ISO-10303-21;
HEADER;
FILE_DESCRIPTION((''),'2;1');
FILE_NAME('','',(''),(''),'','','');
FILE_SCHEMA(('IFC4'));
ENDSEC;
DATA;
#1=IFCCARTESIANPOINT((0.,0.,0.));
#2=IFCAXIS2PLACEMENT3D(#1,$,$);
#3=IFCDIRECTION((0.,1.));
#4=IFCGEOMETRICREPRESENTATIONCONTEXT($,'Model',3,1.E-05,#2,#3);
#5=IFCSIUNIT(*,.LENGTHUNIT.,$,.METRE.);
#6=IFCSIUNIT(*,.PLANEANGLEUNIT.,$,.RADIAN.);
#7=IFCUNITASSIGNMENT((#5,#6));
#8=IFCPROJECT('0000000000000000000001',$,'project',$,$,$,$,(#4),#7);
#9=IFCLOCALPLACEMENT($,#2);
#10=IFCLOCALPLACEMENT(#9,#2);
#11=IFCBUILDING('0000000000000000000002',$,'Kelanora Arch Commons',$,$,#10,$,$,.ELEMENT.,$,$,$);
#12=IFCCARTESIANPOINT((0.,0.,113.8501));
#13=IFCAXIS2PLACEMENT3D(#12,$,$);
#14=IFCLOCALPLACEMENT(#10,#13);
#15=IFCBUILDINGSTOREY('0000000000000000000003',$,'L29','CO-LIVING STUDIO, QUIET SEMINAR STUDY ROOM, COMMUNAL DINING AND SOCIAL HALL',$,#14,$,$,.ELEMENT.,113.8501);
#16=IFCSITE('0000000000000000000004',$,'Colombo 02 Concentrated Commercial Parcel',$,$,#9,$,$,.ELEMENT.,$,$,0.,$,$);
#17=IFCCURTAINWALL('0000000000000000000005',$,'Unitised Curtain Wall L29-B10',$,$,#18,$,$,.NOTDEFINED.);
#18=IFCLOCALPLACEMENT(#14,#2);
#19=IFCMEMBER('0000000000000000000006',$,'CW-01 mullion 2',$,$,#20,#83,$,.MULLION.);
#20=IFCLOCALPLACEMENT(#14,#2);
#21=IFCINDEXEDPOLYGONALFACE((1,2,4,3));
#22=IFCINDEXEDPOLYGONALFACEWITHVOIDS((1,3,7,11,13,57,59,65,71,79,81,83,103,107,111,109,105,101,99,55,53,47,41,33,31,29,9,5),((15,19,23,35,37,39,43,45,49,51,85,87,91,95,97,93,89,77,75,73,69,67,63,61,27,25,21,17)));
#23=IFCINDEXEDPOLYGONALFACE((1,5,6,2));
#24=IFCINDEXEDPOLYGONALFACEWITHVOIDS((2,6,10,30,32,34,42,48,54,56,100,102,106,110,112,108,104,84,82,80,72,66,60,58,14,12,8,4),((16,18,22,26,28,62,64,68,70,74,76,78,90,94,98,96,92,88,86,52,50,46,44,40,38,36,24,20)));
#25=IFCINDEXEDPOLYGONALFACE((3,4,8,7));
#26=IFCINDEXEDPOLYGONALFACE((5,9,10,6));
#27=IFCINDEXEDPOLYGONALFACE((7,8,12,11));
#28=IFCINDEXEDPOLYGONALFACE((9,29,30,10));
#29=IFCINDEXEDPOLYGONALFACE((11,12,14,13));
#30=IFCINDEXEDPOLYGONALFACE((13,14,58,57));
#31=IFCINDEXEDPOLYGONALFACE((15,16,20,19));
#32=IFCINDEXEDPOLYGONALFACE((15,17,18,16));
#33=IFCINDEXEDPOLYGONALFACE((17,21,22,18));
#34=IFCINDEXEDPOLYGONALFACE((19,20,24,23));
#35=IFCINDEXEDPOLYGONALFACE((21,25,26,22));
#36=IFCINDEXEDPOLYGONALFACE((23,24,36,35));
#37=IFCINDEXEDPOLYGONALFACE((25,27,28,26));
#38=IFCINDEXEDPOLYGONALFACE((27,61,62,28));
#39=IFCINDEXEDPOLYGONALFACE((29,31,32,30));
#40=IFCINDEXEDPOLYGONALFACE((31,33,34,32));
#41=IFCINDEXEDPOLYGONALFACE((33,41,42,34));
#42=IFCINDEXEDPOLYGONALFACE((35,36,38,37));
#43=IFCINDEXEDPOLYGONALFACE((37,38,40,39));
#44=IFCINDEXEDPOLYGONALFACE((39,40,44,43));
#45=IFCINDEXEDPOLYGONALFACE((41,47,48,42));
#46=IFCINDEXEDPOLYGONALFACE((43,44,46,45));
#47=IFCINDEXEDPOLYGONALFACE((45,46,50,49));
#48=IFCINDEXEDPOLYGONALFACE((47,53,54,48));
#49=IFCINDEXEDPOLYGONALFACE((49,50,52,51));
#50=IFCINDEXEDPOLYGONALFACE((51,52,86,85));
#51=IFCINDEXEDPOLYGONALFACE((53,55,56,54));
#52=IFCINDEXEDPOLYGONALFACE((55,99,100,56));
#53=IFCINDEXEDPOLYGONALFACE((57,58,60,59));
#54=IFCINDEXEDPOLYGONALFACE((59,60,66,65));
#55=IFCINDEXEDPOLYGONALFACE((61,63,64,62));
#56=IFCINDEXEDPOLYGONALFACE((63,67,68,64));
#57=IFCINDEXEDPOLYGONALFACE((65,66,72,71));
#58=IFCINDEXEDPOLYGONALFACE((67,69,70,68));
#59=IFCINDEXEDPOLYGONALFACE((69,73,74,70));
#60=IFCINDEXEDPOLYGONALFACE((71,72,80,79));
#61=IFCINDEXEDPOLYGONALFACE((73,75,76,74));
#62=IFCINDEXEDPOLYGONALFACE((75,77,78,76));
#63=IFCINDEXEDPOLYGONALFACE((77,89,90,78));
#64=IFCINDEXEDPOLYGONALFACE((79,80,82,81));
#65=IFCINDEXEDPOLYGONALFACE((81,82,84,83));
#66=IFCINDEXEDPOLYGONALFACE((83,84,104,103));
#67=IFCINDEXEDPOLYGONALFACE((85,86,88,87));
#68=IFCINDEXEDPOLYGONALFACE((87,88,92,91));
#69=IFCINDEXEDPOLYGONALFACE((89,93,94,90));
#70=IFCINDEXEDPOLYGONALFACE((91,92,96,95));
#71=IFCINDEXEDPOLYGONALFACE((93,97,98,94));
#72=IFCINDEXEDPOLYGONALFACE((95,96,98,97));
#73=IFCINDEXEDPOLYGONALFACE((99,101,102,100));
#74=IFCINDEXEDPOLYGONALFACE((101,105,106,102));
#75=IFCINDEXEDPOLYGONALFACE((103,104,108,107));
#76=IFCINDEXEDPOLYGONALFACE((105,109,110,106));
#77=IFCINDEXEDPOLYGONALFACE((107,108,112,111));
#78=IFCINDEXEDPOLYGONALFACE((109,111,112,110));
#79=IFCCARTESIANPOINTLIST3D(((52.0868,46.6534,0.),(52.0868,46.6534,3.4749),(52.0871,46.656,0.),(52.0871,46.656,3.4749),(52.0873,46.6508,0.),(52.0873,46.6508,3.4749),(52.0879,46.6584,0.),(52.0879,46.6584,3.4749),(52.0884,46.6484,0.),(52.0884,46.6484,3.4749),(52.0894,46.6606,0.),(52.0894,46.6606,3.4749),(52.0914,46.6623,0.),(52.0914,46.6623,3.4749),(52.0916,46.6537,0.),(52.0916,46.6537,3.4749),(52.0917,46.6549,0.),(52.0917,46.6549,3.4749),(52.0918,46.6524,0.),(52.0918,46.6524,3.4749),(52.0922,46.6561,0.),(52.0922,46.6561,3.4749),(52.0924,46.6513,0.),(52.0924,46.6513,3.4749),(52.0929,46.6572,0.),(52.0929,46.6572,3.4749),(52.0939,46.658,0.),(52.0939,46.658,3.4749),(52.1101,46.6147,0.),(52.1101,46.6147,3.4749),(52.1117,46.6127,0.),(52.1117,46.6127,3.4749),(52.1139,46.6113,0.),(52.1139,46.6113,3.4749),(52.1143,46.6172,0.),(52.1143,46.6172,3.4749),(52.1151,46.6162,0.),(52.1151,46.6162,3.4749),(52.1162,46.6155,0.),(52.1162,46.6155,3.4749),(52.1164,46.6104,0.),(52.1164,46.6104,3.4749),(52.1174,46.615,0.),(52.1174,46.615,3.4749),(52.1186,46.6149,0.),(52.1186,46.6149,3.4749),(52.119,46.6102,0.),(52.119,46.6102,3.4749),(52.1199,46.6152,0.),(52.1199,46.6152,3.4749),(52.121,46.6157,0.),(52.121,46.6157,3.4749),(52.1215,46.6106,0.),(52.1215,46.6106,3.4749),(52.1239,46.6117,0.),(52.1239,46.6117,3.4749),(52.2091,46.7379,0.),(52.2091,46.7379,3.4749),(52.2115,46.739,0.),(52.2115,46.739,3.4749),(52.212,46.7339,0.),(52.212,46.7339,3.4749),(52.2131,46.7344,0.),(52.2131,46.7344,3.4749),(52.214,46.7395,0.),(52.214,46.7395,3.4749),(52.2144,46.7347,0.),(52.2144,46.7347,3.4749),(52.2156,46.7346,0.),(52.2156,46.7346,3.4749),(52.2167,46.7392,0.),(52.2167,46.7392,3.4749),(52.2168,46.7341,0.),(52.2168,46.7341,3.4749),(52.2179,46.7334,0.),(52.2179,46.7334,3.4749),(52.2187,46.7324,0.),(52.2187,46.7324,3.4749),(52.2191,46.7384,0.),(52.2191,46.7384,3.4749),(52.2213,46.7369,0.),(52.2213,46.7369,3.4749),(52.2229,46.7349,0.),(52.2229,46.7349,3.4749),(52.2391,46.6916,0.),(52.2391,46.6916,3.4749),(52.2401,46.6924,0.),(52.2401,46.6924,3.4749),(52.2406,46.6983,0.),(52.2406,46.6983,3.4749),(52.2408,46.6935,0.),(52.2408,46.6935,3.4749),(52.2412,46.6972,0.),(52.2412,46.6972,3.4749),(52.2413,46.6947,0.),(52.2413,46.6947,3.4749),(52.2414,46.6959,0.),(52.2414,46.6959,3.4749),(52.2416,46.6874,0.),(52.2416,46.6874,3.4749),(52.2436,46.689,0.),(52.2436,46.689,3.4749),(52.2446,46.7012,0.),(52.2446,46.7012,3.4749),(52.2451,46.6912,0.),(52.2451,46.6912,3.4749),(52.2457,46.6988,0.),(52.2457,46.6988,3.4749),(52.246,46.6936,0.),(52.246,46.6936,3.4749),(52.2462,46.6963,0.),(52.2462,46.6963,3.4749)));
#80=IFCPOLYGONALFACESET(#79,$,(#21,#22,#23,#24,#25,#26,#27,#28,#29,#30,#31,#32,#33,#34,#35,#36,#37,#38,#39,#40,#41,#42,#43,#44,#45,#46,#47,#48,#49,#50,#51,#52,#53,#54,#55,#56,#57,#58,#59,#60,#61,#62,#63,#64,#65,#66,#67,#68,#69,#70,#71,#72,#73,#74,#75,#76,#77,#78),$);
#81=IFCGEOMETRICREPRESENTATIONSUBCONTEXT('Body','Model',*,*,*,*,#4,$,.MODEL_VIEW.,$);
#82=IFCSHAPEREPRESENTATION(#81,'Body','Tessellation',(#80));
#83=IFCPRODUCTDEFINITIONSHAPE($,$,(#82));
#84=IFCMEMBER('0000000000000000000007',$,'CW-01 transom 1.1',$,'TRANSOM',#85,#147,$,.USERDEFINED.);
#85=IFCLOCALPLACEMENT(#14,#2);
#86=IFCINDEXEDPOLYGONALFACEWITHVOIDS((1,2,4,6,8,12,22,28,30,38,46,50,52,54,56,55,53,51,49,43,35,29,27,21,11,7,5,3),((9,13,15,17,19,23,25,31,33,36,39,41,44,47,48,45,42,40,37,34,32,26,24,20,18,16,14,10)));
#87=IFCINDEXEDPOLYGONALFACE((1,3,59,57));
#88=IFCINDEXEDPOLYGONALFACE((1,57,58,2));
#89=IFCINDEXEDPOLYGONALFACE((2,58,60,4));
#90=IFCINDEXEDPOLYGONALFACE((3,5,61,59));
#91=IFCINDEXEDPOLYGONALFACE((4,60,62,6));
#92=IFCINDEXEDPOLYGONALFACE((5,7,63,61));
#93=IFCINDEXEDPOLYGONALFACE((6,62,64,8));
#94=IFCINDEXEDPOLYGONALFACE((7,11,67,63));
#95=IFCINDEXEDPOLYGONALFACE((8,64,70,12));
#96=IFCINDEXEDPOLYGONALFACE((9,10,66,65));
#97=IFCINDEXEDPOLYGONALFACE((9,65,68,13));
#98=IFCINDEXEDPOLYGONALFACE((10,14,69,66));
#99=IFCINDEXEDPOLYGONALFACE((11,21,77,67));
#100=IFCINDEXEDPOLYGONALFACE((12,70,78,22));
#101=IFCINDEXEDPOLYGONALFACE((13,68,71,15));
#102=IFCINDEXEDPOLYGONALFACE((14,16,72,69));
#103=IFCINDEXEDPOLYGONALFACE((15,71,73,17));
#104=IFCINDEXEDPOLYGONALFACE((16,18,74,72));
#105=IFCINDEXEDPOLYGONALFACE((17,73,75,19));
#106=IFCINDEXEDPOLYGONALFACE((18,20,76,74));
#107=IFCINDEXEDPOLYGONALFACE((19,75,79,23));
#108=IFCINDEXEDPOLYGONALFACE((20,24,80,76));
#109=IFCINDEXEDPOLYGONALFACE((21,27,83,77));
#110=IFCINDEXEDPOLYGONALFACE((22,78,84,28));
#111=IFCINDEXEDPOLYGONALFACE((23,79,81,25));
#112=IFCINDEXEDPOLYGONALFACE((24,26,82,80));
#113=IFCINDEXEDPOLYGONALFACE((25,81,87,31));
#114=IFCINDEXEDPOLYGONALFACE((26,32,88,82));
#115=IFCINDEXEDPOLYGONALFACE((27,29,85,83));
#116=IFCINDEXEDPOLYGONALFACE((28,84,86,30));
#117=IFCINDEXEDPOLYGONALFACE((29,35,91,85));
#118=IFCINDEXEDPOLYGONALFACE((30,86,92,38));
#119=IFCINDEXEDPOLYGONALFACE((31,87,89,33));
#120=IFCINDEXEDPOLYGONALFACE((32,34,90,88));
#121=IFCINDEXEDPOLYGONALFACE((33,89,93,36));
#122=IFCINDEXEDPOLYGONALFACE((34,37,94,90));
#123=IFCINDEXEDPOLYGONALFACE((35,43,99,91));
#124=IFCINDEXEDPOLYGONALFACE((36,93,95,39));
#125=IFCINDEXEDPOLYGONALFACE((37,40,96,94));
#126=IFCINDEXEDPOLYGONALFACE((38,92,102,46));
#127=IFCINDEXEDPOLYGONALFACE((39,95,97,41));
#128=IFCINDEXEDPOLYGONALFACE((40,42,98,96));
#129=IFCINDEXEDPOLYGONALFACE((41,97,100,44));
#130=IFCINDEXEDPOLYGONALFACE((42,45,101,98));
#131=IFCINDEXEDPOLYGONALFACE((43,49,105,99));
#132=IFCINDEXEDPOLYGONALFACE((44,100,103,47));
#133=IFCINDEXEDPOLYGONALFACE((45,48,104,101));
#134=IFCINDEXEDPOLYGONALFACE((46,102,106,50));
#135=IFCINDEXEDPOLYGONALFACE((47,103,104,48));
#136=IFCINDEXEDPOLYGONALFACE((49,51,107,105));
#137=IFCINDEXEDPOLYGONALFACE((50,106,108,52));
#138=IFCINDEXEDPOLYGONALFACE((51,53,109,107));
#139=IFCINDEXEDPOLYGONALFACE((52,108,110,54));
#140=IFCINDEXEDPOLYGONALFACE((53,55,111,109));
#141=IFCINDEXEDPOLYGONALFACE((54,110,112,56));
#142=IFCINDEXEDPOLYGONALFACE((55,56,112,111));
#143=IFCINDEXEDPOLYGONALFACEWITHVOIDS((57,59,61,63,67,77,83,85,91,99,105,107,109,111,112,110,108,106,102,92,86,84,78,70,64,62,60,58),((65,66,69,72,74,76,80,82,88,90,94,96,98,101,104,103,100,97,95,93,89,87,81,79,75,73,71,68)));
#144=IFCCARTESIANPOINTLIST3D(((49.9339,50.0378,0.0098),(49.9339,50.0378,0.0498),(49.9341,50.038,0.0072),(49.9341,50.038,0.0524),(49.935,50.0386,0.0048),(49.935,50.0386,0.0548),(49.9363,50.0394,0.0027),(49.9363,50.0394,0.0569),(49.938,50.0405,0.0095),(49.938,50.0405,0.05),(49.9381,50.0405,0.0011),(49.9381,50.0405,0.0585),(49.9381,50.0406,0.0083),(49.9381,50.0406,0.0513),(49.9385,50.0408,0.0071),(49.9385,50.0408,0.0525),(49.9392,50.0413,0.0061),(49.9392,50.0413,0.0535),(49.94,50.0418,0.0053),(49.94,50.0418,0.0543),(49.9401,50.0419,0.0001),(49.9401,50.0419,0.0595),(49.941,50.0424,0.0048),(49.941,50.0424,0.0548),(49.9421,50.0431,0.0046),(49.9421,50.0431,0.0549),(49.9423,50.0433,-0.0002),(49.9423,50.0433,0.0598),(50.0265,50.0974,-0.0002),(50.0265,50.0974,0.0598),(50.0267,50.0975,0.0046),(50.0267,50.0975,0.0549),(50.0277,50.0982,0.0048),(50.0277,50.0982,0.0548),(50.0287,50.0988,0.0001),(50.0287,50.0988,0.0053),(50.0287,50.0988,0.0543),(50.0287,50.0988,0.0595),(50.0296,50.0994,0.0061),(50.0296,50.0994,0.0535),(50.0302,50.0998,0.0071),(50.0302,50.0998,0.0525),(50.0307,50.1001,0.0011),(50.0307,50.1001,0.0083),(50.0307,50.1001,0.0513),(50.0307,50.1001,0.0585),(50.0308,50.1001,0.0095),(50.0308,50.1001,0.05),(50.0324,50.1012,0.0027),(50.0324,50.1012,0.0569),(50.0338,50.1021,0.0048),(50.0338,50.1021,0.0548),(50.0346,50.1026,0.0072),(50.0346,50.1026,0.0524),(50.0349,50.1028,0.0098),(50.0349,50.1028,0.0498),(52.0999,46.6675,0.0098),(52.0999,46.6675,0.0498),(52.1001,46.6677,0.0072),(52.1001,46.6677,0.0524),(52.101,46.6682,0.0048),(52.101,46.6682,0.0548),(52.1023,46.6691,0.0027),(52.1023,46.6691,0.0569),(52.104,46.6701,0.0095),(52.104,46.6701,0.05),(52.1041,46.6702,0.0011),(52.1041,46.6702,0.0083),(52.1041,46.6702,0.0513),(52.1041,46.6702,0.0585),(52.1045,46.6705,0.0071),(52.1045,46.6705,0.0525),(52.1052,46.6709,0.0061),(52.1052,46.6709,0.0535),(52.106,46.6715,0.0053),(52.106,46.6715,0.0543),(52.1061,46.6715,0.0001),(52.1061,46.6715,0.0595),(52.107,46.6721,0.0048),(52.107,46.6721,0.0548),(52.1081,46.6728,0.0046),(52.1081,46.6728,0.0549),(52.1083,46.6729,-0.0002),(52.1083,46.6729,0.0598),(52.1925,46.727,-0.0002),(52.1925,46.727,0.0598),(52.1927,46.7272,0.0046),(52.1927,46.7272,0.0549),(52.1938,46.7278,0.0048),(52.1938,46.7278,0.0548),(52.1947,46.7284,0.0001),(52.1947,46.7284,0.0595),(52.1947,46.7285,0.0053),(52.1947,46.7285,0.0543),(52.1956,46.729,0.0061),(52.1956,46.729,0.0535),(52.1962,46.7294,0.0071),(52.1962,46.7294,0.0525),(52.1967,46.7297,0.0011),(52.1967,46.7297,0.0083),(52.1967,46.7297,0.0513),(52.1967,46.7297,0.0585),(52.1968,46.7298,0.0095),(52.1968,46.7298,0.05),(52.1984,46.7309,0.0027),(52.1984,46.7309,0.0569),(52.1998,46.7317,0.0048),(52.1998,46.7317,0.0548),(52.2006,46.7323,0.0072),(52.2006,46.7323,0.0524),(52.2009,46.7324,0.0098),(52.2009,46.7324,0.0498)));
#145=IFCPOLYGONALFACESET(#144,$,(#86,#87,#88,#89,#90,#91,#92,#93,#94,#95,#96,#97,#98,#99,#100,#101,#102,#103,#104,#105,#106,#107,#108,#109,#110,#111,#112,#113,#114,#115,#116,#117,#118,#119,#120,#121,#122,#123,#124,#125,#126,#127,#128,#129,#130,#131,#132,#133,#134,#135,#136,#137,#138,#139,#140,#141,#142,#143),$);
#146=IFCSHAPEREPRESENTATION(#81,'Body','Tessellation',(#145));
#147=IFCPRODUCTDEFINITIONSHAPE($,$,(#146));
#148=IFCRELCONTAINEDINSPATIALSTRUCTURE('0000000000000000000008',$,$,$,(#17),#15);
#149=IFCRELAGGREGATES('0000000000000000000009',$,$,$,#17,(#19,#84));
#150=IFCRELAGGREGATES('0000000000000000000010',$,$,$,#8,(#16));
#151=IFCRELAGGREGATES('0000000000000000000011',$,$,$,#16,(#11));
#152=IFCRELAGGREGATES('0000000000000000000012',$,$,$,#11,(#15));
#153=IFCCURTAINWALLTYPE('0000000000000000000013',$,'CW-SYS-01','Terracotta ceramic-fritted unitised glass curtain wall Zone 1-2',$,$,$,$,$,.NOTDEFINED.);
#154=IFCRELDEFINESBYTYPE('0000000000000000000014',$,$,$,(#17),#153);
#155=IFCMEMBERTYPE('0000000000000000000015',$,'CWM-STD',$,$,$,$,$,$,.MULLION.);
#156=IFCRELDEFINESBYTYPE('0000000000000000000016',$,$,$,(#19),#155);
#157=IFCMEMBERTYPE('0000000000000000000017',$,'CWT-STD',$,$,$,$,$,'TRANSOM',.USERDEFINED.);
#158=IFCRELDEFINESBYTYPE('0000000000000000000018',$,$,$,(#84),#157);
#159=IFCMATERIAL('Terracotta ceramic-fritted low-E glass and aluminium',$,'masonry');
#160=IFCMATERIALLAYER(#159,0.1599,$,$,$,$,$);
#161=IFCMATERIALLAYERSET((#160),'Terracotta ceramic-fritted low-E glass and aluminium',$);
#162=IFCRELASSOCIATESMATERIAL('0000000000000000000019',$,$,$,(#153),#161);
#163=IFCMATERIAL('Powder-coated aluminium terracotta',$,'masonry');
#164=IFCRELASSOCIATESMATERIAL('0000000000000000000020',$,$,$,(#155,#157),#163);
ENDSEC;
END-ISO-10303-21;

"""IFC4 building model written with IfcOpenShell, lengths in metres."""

from ifc_helpers import new_model, si_unit, direction, frame, origin, origin_2d, place, context, subcontext, project, spatial, hollow_rectangle, extrude, material, layer, layer_set, material_profile, profile_set, type_object, element, aggregate, save


model = new_model("IFC4")

# Units and contexts
model_context = context("Model", 3, precision=1e-05, world=origin(), true_north=direction((0.0, 1.0)))
body_context = subcontext(model_context, "Body", "Model", "MODEL_VIEW")
ifc_project = project(units=[si_unit("LENGTHUNIT", "METRE"), si_unit("PLANEANGLEUNIT", "RADIAN")], contexts=[model_context])

# Site, building, storey
site_placement = place(None, origin())
site = spatial("IfcSite", under=ifc_project, at=site_placement, Name="Colombo 02 Concentrated Commercial Parcel", CompositionType="ELEMENT", RefElevation=0.0)
building_placement = place(site_placement, origin())
building = spatial("IfcBuilding", under=site, at=building_placement, Name="Kelanora Arch Commons", CompositionType="ELEMENT")
storey_placement = place(building_placement, frame((0.0, 0.0, 113.8501)))
storey = spatial("IfcBuildingStorey", under=building, at=storey_placement, Name="L29", Description="CO-LIVING STUDIO, QUIET SEMINAR STUDY ROOM, COMMUNAL DINING AND SOCIAL HALL", CompositionType="ELEMENT", Elevation=113.8501)

# Shared definitions
ifc_material_1 = material(Name="Terracotta ceramic-fritted low-E glass and aluminium", Category="masonry")
ifc_layer_1 = layer(ifc_material_1, 0.1599)
ifc_layer_set_1 = layer_set([ifc_layer_1], Name="Terracotta ceramic-fritted low-E glass and aluminium")
curtain_wall_type = type_object("IfcCurtainWallType", Name="CW-SYS-01", Description="Terracotta ceramic-fritted unitised glass curtain wall Zone 1-2", PredefinedType="NOTDEFINED", material=ifc_layer_set_1)
ifc_material_2 = material(Name="Powder-coated aluminium terracotta", Category="masonry")
ifc_material_profile_1 = material_profile(ifc_material_2, hollow_rectangle(XDim=0.1599, YDim=0.0601, WallThickness=0.0049, InnerFilletRadius=0.0049, OuterFilletRadius=0.01, at=origin_2d()), Name="CWM160x60")
ifc_profile_set_1 = profile_set([ifc_material_profile_1], Name="Powder-coated aluminium terracotta")
member_type_1 = type_object("IfcMemberType", Name="CWM-STD", PredefinedType="MULLION", material=ifc_profile_set_1)

# Curtain wall, members
curtain_wall_1_placement = place(storey_placement, origin())
curtain_wall_1 = element("IfcCurtainWall", 1, at=curtain_wall_1_placement, inside=storey, type_object=curtain_wall_type, Name="Unitised Curtain Wall L29-B10", PredefinedType="NOTDEFINED")
member_1_placement = place(storey_placement, frame((52.1665, 46.6748, 0.0), z_axis=(0.0, 0.0, 1.0), x_axis=(0.841269, 0.540617, 0.0)))
member_1 = element("IfcMember", 2, at=member_1_placement, type_object=member_type_1, Name="CW-01 mullion 2", PredefinedType="MULLION", context=body_context, shape_type="SweptSolid", body=[
    extrude(hollow_rectangle(XDim=0.1599, YDim=0.0601, WallThickness=0.0049, InnerFilletRadius=0.0049, OuterFilletRadius=0.01, at=origin_2d()), origin(), (0.0, 0.0, 1.0), 3.4749),
])
ifc_material_profile_2 = material_profile(ifc_material_2, hollow_rectangle(XDim=0.1201, YDim=0.0601, WallThickness=0.0049, InnerFilletRadius=0.0049, OuterFilletRadius=0.01, at=origin_2d()), Name="CWT120x60")
ifc_profile_set_2 = profile_set([ifc_material_profile_2], Name="Powder-coated aluminium terracotta")
member_type_2 = type_object("IfcMemberType", Name="CWT-STD", ElementType="TRANSOM", PredefinedType="USERDEFINED", material=ifc_profile_set_2)
member_2_placement = place(storey_placement, frame((49.9844, 50.0703, 0.0298), z_axis=(0.540644, -0.841252, 0.0), x_axis=(0.841252, 0.540644, 0.0)))
member_2 = element("IfcMember", 3, at=member_2_placement, type_object=member_type_2, Name="CW-01 transom 1.1", ObjectType="TRANSOM", PredefinedType="USERDEFINED", context=body_context, shape_type="SweptSolid", body=[
    extrude(hollow_rectangle(XDim=0.1201, YDim=0.0601, WallThickness=0.0049, InnerFilletRadius=0.0049, OuterFilletRadius=0.01, at=origin_2d()), origin(), (0.0, 0.0, 1.0), 4.0063),
])

aggregate(curtain_wall_1, [member_1, member_2])

save(model, "model.ifc")
